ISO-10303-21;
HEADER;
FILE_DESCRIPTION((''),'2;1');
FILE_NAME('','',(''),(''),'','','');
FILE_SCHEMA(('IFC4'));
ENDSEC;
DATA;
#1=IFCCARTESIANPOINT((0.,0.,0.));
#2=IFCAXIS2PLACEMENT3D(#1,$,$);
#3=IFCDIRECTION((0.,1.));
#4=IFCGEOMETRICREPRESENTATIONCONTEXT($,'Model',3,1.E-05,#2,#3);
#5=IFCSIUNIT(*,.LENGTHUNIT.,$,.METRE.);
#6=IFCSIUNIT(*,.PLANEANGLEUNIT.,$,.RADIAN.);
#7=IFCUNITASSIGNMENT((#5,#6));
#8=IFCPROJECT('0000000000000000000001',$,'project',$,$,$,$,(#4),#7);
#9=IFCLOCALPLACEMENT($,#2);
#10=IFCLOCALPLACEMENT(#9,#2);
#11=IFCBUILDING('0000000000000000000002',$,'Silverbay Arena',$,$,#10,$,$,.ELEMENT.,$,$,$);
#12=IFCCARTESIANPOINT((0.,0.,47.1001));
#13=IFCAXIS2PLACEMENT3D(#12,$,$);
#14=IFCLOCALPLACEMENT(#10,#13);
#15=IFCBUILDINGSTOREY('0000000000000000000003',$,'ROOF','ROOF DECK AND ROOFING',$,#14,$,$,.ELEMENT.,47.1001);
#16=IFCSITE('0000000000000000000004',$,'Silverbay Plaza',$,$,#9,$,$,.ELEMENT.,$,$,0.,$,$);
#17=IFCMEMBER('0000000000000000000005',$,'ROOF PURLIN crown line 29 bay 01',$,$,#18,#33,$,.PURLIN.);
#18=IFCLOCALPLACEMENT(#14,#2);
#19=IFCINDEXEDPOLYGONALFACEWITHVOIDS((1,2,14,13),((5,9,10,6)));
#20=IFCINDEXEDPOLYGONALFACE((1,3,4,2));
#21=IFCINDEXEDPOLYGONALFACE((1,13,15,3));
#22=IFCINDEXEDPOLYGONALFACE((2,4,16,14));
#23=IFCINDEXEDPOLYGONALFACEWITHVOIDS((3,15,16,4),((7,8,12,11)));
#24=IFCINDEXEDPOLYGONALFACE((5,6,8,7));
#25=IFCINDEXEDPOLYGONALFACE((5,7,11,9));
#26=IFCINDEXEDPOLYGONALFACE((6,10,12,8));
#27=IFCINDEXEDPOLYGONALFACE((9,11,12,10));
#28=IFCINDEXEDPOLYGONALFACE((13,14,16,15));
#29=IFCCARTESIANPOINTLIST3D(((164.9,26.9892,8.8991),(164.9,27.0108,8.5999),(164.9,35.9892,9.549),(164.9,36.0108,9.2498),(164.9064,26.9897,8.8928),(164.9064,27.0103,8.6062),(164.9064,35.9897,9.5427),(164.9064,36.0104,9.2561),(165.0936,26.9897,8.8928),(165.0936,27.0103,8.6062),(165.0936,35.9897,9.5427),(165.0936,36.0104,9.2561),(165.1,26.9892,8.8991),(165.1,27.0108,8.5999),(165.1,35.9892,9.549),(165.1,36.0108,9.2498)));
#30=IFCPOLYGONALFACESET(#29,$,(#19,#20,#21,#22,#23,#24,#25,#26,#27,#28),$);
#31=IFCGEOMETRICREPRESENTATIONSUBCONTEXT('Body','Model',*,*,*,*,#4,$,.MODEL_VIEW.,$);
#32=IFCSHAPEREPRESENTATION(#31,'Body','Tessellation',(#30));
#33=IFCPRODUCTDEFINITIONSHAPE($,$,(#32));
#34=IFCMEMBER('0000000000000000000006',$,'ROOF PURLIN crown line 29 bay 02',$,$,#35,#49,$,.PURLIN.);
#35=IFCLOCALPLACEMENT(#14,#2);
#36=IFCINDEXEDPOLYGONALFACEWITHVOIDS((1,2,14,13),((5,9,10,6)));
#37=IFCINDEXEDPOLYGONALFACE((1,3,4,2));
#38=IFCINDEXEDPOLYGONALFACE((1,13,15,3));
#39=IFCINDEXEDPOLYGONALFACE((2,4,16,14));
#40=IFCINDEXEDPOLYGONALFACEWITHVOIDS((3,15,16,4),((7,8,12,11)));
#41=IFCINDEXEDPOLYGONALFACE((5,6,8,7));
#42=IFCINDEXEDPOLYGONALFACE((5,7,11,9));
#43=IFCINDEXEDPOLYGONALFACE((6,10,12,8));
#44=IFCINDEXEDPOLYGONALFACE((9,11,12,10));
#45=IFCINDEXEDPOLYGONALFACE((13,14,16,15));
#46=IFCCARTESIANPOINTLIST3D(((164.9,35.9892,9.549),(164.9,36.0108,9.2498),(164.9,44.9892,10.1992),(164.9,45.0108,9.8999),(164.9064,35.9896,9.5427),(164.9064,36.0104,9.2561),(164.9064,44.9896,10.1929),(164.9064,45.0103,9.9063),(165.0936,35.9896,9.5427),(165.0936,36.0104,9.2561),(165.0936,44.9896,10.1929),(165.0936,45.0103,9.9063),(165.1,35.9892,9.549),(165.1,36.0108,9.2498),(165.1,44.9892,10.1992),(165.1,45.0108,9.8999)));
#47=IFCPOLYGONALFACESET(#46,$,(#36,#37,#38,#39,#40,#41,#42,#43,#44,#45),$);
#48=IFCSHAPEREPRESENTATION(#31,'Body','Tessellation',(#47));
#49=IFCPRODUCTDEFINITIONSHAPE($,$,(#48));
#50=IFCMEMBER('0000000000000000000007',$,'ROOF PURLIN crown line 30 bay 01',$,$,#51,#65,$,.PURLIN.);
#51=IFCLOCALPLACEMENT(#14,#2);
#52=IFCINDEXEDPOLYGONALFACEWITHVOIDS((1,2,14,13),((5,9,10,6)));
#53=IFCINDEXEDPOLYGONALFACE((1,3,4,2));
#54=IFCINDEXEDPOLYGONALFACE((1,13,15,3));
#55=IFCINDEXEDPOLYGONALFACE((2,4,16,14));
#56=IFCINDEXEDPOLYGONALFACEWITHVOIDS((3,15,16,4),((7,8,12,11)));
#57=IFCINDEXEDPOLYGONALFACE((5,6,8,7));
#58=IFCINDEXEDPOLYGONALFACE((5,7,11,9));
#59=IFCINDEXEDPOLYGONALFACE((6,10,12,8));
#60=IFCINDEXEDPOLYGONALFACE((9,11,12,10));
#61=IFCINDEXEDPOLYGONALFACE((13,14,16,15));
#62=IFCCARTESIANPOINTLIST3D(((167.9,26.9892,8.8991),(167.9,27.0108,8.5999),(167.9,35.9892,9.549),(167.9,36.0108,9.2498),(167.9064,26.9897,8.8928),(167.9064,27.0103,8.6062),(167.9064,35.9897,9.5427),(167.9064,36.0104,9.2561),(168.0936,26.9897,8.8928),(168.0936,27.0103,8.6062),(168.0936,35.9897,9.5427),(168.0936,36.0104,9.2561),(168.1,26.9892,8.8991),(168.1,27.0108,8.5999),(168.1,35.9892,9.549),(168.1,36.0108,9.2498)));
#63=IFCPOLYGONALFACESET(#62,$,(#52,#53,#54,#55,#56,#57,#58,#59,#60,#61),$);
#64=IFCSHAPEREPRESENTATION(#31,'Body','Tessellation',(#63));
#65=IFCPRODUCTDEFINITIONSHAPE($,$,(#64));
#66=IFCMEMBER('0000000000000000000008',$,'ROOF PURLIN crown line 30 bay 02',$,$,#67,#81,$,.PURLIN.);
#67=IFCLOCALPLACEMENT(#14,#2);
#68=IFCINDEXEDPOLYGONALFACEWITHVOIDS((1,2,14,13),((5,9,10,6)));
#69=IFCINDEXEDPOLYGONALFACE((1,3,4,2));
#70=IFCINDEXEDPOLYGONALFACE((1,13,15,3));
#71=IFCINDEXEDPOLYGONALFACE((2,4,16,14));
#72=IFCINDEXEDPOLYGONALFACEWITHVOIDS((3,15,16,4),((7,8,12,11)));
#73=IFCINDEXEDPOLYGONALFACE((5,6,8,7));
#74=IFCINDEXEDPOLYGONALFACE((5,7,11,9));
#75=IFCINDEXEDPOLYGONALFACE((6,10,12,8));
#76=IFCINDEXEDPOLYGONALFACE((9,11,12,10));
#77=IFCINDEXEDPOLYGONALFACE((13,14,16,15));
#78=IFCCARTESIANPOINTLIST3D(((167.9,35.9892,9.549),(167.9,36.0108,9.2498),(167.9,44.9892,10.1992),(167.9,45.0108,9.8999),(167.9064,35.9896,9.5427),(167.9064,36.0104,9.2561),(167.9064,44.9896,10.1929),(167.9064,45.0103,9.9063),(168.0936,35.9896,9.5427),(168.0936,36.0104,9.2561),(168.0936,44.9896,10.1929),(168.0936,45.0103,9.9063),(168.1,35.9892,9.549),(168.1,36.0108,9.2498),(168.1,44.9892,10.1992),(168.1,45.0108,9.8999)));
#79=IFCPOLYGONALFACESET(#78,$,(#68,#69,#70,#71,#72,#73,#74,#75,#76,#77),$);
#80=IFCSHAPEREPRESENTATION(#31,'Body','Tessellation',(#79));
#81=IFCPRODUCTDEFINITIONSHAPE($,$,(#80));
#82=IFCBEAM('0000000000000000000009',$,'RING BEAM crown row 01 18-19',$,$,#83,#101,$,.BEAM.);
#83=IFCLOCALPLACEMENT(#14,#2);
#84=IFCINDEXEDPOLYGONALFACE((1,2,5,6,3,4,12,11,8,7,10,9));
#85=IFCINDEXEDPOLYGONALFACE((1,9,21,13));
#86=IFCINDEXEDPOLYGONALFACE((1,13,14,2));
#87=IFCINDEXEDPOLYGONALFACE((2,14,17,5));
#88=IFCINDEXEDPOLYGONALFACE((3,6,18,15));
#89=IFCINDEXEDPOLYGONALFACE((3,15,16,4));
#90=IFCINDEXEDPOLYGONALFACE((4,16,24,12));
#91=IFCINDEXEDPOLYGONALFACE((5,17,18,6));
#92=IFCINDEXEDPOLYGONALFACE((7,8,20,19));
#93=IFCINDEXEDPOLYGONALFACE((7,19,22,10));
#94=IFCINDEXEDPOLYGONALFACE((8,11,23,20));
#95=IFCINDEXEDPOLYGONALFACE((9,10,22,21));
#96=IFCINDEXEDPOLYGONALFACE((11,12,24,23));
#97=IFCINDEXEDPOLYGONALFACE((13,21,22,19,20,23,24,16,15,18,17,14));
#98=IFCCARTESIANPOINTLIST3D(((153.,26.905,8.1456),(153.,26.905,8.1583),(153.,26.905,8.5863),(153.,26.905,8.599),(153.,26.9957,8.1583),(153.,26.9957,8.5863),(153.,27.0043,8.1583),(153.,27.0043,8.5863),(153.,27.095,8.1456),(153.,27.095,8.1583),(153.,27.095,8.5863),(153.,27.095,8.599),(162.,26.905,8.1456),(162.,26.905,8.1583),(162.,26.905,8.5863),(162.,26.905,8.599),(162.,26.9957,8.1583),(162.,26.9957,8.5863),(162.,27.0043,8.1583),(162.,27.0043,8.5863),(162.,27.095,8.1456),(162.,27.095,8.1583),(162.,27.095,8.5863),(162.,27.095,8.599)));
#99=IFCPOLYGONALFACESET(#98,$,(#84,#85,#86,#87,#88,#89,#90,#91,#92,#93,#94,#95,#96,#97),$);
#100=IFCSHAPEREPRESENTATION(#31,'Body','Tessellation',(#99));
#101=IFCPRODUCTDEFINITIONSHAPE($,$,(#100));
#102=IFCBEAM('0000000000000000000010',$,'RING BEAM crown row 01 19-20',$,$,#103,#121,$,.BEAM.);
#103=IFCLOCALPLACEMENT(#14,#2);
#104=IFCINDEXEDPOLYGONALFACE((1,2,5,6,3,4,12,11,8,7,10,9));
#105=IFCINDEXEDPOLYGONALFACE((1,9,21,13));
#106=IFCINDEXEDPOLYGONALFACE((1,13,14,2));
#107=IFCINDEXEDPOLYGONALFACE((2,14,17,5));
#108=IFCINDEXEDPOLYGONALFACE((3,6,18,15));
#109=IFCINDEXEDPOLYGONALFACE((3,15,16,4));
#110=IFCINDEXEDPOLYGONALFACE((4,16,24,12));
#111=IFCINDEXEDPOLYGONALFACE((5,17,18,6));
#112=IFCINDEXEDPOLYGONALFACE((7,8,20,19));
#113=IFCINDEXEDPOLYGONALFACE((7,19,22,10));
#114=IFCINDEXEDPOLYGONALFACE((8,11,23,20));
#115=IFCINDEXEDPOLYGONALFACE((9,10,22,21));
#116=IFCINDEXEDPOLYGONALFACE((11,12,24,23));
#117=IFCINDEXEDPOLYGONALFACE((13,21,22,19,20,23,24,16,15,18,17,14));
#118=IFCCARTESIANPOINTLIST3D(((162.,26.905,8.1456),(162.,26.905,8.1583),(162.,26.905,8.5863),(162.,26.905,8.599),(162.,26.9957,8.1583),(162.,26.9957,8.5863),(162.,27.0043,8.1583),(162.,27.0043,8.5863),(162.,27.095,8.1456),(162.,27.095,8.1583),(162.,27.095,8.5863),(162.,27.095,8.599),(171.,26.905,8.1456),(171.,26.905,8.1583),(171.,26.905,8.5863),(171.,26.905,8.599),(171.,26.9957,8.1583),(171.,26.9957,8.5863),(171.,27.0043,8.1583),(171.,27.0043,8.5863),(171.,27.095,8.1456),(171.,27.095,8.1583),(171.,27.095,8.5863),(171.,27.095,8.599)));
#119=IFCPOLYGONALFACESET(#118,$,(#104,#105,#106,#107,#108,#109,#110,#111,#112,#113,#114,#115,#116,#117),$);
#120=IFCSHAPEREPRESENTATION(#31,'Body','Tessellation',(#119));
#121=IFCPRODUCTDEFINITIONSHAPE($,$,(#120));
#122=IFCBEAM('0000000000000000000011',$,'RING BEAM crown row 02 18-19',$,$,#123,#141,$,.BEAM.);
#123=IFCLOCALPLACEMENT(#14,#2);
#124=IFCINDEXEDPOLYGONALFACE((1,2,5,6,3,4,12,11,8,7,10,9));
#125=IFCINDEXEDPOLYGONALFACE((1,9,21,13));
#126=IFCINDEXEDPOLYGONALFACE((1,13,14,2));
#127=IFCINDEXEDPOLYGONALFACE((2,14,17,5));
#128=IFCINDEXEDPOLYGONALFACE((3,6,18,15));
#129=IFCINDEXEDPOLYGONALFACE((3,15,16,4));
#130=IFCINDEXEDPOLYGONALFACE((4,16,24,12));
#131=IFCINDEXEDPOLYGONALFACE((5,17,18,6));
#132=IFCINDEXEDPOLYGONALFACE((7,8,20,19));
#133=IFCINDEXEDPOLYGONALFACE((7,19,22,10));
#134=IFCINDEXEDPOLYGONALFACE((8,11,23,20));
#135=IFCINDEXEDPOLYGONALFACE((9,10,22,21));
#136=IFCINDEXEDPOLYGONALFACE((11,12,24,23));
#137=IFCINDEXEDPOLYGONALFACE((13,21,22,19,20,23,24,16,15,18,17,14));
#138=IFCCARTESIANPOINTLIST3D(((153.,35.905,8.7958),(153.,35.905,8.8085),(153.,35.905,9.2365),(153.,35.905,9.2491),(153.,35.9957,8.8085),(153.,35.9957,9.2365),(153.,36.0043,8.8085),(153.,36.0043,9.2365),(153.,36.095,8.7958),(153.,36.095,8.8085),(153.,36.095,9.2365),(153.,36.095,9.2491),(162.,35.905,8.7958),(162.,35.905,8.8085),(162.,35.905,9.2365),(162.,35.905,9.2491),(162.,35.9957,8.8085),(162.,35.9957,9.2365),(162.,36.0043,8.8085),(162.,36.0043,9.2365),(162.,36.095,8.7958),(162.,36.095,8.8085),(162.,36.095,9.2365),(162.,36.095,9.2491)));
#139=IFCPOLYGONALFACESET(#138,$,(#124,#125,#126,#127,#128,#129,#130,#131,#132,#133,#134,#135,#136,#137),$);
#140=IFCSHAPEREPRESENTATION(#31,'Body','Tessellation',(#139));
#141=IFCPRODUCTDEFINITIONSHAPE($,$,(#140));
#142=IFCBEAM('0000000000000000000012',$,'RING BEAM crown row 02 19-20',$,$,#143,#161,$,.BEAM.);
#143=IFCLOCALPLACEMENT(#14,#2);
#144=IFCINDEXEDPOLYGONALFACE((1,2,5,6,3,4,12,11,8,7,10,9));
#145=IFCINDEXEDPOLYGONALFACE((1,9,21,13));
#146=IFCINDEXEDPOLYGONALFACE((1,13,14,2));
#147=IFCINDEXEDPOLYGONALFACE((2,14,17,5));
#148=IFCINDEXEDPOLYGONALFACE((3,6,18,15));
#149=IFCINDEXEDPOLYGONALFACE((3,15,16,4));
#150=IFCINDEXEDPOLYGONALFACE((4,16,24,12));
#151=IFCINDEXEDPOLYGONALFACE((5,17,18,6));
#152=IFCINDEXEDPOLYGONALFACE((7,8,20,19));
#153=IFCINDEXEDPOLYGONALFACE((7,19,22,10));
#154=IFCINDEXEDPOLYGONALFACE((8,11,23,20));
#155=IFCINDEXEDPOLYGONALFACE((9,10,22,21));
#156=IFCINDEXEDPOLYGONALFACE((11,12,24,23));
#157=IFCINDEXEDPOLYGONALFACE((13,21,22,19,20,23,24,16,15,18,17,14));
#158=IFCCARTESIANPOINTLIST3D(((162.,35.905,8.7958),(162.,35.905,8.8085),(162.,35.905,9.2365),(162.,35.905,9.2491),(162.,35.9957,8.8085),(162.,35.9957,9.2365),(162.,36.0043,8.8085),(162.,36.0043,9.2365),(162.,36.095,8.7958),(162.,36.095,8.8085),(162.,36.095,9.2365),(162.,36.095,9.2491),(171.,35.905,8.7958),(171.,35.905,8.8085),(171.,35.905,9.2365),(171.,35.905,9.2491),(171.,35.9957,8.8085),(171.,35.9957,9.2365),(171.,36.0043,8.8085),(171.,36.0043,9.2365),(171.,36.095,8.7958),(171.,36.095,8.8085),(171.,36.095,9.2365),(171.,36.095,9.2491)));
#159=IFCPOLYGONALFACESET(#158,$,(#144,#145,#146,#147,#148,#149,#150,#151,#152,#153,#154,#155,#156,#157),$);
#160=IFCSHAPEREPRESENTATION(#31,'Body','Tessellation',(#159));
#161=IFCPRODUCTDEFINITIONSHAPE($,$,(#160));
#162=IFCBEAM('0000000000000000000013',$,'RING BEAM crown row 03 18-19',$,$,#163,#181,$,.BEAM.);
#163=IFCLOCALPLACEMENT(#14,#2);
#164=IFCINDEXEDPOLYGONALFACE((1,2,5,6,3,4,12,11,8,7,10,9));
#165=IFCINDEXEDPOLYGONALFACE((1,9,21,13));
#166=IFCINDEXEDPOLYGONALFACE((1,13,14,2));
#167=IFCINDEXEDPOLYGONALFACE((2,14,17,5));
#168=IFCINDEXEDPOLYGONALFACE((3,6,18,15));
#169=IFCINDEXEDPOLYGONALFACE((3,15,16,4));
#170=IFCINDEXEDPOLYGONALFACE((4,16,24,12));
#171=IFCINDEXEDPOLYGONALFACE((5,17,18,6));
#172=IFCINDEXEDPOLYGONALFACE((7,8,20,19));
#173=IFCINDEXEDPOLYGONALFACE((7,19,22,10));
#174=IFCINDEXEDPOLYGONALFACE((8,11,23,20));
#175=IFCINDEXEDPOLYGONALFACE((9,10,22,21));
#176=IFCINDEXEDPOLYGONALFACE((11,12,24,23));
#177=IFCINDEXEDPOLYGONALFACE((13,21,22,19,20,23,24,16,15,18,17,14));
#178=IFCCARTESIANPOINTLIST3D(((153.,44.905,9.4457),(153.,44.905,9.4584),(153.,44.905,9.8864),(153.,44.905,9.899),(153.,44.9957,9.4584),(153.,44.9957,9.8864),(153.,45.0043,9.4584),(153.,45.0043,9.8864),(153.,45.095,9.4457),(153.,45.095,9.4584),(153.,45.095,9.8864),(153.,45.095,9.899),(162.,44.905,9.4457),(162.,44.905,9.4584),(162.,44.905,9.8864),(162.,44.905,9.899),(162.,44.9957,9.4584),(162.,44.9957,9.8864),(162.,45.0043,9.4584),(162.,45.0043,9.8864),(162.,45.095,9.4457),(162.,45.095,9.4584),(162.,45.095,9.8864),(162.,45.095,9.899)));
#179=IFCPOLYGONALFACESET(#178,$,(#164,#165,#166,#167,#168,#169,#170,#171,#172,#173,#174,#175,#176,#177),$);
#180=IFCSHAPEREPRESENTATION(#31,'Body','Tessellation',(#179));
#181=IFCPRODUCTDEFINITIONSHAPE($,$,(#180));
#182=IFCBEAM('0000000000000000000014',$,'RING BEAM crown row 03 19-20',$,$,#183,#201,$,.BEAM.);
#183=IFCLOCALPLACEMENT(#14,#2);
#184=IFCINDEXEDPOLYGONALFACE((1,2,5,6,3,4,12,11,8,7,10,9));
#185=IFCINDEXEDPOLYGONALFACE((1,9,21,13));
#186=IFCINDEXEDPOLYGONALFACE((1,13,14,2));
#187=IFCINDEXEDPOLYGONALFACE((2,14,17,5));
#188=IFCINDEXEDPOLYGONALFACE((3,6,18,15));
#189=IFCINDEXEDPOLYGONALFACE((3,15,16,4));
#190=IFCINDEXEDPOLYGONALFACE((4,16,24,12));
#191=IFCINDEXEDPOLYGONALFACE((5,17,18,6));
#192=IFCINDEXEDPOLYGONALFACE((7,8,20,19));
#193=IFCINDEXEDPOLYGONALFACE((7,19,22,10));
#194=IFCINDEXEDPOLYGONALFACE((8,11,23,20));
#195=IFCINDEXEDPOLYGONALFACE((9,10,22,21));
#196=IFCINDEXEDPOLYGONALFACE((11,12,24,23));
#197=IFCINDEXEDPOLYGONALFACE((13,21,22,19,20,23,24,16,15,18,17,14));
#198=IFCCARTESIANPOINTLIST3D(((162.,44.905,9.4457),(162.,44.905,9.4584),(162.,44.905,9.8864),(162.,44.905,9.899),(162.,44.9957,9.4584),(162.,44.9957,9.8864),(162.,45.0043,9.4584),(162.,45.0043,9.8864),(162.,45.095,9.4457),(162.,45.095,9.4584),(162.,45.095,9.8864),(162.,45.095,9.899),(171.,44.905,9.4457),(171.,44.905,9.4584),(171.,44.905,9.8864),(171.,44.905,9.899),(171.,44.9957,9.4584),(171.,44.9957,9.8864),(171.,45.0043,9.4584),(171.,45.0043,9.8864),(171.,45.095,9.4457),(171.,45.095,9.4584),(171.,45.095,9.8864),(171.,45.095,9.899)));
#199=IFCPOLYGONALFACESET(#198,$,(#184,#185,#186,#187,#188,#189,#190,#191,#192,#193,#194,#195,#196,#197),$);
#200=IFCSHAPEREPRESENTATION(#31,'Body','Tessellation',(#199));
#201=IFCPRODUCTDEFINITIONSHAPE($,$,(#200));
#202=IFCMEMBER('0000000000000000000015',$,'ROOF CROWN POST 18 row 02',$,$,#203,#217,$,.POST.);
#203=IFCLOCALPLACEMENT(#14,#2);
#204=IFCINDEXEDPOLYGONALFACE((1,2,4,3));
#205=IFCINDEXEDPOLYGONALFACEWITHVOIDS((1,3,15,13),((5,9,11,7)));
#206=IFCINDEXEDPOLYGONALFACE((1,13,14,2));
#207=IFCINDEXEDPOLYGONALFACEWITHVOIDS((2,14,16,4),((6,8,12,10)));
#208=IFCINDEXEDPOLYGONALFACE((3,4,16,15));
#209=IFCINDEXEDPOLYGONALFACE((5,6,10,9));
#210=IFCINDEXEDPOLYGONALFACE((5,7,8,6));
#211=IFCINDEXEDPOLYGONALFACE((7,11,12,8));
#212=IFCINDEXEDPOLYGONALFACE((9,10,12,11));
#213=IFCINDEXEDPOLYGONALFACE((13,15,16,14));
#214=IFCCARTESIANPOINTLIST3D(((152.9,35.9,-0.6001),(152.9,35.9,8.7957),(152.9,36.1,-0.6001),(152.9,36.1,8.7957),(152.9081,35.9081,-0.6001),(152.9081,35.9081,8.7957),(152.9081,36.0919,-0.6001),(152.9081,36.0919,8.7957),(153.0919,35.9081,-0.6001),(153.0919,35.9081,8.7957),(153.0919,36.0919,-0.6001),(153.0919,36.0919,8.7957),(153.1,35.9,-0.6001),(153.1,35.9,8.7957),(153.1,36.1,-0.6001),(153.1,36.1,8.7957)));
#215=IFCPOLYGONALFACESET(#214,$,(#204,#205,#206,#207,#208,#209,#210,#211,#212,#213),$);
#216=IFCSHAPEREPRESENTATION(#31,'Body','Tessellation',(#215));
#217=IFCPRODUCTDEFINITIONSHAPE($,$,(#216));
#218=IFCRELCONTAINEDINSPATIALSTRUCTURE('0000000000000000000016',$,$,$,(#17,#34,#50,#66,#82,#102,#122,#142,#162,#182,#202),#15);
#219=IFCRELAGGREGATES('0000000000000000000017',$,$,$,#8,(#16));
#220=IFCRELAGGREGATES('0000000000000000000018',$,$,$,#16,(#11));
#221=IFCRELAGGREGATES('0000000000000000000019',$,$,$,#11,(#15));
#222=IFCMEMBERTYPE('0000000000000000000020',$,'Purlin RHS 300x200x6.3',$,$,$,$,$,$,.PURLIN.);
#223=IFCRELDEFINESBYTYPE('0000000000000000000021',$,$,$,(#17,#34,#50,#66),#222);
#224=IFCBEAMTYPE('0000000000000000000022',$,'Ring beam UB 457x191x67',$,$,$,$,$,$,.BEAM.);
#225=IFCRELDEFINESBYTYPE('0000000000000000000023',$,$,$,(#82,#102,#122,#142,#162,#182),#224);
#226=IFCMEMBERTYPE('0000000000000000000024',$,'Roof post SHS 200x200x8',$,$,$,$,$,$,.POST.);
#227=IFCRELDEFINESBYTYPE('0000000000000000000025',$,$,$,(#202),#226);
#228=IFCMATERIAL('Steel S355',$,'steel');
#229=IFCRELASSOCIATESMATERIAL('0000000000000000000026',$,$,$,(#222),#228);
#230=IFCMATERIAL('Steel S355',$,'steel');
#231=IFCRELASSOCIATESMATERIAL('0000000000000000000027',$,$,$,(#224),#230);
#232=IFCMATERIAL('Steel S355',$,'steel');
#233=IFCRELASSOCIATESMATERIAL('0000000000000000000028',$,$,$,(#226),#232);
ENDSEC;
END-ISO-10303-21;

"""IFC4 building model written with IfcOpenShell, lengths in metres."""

from ifc_helpers import new_model, si_unit, direction, frame, origin, origin_2d, place, context, subcontext, project, spatial, hollow_rectangle, i_section, extrude, material, material_profile, profile_set, type_object, element, save


model = new_model("IFC4")

# Units and contexts
model_context = context("Model", 3, precision=1e-05, world=origin(), true_north=direction((0.0, 1.0)))
body_context = subcontext(model_context, "Body", "Model", "MODEL_VIEW")
ifc_project = project(units=[si_unit("LENGTHUNIT", "METRE"), si_unit("PLANEANGLEUNIT", "RADIAN")], contexts=[model_context])

# Site, building, storey
site_placement = place(None, origin())
site = spatial("IfcSite", under=ifc_project, at=site_placement, Name="Silverbay Plaza", CompositionType="ELEMENT", RefElevation=0.0)
building_placement = place(site_placement, origin())
building = spatial("IfcBuilding", under=site, at=building_placement, Name="Silverbay Arena", CompositionType="ELEMENT")
storey_placement = place(building_placement, frame((0.0, 0.0, 47.1001)))
storey = spatial("IfcBuildingStorey", under=building, at=storey_placement, Name="ROOF", Description="ROOF DECK AND ROOFING", CompositionType="ELEMENT", Elevation=47.1001)

# Members
ifc_material_1 = material(Name="Steel S355", Category="steel")
ifc_material_profile_1 = material_profile(ifc_material_1, hollow_rectangle(XDim=0.2, YDim=0.3, WallThickness=0.0063, at=origin_2d()), Name="RHS 300x200x6.3")
ifc_profile_set_1 = profile_set([ifc_material_profile_1], Name="Steel S355")
member_type_1 = type_object("IfcMemberType", Name="Purlin RHS 300x200x6.3", PredefinedType="PURLIN", material=ifc_profile_set_1)
for number, where, z_axis, x_axis, name in (
    (1, (165.0, 27.0, 8.7495), (0.0, 0.997403, 0.072024), (-1.0, 0.0, 0.0), "ROOF PURLIN crown line 29 bay 01"),
    (2, (165.0, 36.0, 9.3994), (0.0, 0.997401, 0.072051), (-1.0, 0.0, 0.0), "ROOF PURLIN crown line 29 bay 02"),
    (3, (168.0, 27.0, 8.7495), (0.0, 0.997403, 0.072024), (-1.0, 0.0, 0.0), "ROOF PURLIN crown line 30 bay 01"),
    (4, (168.0, 36.0, 9.3994), (0.0, 0.997401, 0.072051), (-1.0, 0.0, 0.0), "ROOF PURLIN crown line 30 bay 02"),
):
    element("IfcMember", number, at=place(storey_placement, frame(where, z_axis=z_axis, x_axis=x_axis)), inside=storey, type_object=member_type_1, Name=name, PredefinedType="PURLIN", context=body_context, shape_type="SweptSolid", body=[
        extrude(hollow_rectangle(XDim=0.2, YDim=0.3, WallThickness=0.0063, at=origin_2d()), origin(), (0.0, 0.0, 1.0), 9.0234),
    ])

# Beams
ifc_material_2 = material(Name="Steel S355", Category="steel")
ifc_material_profile_2 = material_profile(ifc_material_2, i_section(OverallWidth=0.1899, OverallDepth=0.4534, WebThickness=0.0085, FlangeThickness=0.0127, at=origin_2d()), Name="UB 457x191x67")
ifc_profile_set_2 = profile_set([ifc_material_profile_2], Name="Steel S355")
beam_type = type_object("IfcBeamType", Name="Ring beam UB 457x191x67", PredefinedType="BEAM", material=ifc_profile_set_2)
for number, where, z_axis, x_axis, name in (
    (5, (153.0, 27.0, 8.3723), (1.0, 0.0, 0.0), (0.0, 1.0, 0.0), "RING BEAM crown row 01 18-19"),
    (6, (162.0, 27.0, 8.3723), (1.0, 0.0, 0.0), (0.0, 1.0, 0.0), "RING BEAM crown row 01 19-20"),
    (7, (153.0, 36.0, 9.0225), (1.0, 0.0, 0.0), (0.0, 1.0, 0.0), "RING BEAM crown row 02 18-19"),
    (8, (162.0, 36.0, 9.0225), (1.0, 0.0, 0.0), (0.0, 1.0, 0.0), "RING BEAM crown row 02 19-20"),
    (9, (153.0, 45.0, 9.6724), (1.0, 0.0, 0.0), (0.0, 1.0, 0.0), "RING BEAM crown row 03 18-19"),
    (10, (162.0, 45.0, 9.6724), (1.0, 0.0, 0.0), (0.0, 1.0, 0.0), "RING BEAM crown row 03 19-20"),
):
    element("IfcBeam", number, at=place(storey_placement, frame(where, z_axis=z_axis, x_axis=x_axis)), inside=storey, type_object=beam_type, Name=name, PredefinedType="BEAM", context=body_context, shape_type="SweptSolid", body=[
        extrude(i_section(OverallWidth=0.1899, OverallDepth=0.4534, WebThickness=0.0085, FlangeThickness=0.0127, at=origin_2d()), origin(), (0.0, 0.0, 1.0), 9.0),
    ])

# Member
ifc_material_3 = material(Name="Steel S355", Category="steel")
ifc_material_profile_3 = material_profile(ifc_material_3, hollow_rectangle(XDim=0.2, YDim=0.2, WallThickness=0.0081, at=origin_2d()), Name="SHS 200x200x8")
ifc_profile_set_3 = profile_set([ifc_material_profile_3], Name="Steel S355")
member_type_2 = type_object("IfcMemberType", Name="Roof post SHS 200x200x8", PredefinedType="POST", material=ifc_profile_set_3)
member_1_placement = place(storey_placement, frame((153.0, 36.0, -0.6001), z_axis=(0.0, 0.0, 1.0), x_axis=(1.0, 0.0, 0.0)))
element("IfcMember", 11, at=member_1_placement, inside=storey, type_object=member_type_2, Name="ROOF CROWN POST 18 row 02", PredefinedType="POST", context=body_context, shape_type="SweptSolid", body=[
    extrude(hollow_rectangle(XDim=0.2, YDim=0.2, WallThickness=0.0081, at=origin_2d()), origin(), (0.0, 0.0, 1.0), 9.3958),
])

save(model, "model.ifc")
